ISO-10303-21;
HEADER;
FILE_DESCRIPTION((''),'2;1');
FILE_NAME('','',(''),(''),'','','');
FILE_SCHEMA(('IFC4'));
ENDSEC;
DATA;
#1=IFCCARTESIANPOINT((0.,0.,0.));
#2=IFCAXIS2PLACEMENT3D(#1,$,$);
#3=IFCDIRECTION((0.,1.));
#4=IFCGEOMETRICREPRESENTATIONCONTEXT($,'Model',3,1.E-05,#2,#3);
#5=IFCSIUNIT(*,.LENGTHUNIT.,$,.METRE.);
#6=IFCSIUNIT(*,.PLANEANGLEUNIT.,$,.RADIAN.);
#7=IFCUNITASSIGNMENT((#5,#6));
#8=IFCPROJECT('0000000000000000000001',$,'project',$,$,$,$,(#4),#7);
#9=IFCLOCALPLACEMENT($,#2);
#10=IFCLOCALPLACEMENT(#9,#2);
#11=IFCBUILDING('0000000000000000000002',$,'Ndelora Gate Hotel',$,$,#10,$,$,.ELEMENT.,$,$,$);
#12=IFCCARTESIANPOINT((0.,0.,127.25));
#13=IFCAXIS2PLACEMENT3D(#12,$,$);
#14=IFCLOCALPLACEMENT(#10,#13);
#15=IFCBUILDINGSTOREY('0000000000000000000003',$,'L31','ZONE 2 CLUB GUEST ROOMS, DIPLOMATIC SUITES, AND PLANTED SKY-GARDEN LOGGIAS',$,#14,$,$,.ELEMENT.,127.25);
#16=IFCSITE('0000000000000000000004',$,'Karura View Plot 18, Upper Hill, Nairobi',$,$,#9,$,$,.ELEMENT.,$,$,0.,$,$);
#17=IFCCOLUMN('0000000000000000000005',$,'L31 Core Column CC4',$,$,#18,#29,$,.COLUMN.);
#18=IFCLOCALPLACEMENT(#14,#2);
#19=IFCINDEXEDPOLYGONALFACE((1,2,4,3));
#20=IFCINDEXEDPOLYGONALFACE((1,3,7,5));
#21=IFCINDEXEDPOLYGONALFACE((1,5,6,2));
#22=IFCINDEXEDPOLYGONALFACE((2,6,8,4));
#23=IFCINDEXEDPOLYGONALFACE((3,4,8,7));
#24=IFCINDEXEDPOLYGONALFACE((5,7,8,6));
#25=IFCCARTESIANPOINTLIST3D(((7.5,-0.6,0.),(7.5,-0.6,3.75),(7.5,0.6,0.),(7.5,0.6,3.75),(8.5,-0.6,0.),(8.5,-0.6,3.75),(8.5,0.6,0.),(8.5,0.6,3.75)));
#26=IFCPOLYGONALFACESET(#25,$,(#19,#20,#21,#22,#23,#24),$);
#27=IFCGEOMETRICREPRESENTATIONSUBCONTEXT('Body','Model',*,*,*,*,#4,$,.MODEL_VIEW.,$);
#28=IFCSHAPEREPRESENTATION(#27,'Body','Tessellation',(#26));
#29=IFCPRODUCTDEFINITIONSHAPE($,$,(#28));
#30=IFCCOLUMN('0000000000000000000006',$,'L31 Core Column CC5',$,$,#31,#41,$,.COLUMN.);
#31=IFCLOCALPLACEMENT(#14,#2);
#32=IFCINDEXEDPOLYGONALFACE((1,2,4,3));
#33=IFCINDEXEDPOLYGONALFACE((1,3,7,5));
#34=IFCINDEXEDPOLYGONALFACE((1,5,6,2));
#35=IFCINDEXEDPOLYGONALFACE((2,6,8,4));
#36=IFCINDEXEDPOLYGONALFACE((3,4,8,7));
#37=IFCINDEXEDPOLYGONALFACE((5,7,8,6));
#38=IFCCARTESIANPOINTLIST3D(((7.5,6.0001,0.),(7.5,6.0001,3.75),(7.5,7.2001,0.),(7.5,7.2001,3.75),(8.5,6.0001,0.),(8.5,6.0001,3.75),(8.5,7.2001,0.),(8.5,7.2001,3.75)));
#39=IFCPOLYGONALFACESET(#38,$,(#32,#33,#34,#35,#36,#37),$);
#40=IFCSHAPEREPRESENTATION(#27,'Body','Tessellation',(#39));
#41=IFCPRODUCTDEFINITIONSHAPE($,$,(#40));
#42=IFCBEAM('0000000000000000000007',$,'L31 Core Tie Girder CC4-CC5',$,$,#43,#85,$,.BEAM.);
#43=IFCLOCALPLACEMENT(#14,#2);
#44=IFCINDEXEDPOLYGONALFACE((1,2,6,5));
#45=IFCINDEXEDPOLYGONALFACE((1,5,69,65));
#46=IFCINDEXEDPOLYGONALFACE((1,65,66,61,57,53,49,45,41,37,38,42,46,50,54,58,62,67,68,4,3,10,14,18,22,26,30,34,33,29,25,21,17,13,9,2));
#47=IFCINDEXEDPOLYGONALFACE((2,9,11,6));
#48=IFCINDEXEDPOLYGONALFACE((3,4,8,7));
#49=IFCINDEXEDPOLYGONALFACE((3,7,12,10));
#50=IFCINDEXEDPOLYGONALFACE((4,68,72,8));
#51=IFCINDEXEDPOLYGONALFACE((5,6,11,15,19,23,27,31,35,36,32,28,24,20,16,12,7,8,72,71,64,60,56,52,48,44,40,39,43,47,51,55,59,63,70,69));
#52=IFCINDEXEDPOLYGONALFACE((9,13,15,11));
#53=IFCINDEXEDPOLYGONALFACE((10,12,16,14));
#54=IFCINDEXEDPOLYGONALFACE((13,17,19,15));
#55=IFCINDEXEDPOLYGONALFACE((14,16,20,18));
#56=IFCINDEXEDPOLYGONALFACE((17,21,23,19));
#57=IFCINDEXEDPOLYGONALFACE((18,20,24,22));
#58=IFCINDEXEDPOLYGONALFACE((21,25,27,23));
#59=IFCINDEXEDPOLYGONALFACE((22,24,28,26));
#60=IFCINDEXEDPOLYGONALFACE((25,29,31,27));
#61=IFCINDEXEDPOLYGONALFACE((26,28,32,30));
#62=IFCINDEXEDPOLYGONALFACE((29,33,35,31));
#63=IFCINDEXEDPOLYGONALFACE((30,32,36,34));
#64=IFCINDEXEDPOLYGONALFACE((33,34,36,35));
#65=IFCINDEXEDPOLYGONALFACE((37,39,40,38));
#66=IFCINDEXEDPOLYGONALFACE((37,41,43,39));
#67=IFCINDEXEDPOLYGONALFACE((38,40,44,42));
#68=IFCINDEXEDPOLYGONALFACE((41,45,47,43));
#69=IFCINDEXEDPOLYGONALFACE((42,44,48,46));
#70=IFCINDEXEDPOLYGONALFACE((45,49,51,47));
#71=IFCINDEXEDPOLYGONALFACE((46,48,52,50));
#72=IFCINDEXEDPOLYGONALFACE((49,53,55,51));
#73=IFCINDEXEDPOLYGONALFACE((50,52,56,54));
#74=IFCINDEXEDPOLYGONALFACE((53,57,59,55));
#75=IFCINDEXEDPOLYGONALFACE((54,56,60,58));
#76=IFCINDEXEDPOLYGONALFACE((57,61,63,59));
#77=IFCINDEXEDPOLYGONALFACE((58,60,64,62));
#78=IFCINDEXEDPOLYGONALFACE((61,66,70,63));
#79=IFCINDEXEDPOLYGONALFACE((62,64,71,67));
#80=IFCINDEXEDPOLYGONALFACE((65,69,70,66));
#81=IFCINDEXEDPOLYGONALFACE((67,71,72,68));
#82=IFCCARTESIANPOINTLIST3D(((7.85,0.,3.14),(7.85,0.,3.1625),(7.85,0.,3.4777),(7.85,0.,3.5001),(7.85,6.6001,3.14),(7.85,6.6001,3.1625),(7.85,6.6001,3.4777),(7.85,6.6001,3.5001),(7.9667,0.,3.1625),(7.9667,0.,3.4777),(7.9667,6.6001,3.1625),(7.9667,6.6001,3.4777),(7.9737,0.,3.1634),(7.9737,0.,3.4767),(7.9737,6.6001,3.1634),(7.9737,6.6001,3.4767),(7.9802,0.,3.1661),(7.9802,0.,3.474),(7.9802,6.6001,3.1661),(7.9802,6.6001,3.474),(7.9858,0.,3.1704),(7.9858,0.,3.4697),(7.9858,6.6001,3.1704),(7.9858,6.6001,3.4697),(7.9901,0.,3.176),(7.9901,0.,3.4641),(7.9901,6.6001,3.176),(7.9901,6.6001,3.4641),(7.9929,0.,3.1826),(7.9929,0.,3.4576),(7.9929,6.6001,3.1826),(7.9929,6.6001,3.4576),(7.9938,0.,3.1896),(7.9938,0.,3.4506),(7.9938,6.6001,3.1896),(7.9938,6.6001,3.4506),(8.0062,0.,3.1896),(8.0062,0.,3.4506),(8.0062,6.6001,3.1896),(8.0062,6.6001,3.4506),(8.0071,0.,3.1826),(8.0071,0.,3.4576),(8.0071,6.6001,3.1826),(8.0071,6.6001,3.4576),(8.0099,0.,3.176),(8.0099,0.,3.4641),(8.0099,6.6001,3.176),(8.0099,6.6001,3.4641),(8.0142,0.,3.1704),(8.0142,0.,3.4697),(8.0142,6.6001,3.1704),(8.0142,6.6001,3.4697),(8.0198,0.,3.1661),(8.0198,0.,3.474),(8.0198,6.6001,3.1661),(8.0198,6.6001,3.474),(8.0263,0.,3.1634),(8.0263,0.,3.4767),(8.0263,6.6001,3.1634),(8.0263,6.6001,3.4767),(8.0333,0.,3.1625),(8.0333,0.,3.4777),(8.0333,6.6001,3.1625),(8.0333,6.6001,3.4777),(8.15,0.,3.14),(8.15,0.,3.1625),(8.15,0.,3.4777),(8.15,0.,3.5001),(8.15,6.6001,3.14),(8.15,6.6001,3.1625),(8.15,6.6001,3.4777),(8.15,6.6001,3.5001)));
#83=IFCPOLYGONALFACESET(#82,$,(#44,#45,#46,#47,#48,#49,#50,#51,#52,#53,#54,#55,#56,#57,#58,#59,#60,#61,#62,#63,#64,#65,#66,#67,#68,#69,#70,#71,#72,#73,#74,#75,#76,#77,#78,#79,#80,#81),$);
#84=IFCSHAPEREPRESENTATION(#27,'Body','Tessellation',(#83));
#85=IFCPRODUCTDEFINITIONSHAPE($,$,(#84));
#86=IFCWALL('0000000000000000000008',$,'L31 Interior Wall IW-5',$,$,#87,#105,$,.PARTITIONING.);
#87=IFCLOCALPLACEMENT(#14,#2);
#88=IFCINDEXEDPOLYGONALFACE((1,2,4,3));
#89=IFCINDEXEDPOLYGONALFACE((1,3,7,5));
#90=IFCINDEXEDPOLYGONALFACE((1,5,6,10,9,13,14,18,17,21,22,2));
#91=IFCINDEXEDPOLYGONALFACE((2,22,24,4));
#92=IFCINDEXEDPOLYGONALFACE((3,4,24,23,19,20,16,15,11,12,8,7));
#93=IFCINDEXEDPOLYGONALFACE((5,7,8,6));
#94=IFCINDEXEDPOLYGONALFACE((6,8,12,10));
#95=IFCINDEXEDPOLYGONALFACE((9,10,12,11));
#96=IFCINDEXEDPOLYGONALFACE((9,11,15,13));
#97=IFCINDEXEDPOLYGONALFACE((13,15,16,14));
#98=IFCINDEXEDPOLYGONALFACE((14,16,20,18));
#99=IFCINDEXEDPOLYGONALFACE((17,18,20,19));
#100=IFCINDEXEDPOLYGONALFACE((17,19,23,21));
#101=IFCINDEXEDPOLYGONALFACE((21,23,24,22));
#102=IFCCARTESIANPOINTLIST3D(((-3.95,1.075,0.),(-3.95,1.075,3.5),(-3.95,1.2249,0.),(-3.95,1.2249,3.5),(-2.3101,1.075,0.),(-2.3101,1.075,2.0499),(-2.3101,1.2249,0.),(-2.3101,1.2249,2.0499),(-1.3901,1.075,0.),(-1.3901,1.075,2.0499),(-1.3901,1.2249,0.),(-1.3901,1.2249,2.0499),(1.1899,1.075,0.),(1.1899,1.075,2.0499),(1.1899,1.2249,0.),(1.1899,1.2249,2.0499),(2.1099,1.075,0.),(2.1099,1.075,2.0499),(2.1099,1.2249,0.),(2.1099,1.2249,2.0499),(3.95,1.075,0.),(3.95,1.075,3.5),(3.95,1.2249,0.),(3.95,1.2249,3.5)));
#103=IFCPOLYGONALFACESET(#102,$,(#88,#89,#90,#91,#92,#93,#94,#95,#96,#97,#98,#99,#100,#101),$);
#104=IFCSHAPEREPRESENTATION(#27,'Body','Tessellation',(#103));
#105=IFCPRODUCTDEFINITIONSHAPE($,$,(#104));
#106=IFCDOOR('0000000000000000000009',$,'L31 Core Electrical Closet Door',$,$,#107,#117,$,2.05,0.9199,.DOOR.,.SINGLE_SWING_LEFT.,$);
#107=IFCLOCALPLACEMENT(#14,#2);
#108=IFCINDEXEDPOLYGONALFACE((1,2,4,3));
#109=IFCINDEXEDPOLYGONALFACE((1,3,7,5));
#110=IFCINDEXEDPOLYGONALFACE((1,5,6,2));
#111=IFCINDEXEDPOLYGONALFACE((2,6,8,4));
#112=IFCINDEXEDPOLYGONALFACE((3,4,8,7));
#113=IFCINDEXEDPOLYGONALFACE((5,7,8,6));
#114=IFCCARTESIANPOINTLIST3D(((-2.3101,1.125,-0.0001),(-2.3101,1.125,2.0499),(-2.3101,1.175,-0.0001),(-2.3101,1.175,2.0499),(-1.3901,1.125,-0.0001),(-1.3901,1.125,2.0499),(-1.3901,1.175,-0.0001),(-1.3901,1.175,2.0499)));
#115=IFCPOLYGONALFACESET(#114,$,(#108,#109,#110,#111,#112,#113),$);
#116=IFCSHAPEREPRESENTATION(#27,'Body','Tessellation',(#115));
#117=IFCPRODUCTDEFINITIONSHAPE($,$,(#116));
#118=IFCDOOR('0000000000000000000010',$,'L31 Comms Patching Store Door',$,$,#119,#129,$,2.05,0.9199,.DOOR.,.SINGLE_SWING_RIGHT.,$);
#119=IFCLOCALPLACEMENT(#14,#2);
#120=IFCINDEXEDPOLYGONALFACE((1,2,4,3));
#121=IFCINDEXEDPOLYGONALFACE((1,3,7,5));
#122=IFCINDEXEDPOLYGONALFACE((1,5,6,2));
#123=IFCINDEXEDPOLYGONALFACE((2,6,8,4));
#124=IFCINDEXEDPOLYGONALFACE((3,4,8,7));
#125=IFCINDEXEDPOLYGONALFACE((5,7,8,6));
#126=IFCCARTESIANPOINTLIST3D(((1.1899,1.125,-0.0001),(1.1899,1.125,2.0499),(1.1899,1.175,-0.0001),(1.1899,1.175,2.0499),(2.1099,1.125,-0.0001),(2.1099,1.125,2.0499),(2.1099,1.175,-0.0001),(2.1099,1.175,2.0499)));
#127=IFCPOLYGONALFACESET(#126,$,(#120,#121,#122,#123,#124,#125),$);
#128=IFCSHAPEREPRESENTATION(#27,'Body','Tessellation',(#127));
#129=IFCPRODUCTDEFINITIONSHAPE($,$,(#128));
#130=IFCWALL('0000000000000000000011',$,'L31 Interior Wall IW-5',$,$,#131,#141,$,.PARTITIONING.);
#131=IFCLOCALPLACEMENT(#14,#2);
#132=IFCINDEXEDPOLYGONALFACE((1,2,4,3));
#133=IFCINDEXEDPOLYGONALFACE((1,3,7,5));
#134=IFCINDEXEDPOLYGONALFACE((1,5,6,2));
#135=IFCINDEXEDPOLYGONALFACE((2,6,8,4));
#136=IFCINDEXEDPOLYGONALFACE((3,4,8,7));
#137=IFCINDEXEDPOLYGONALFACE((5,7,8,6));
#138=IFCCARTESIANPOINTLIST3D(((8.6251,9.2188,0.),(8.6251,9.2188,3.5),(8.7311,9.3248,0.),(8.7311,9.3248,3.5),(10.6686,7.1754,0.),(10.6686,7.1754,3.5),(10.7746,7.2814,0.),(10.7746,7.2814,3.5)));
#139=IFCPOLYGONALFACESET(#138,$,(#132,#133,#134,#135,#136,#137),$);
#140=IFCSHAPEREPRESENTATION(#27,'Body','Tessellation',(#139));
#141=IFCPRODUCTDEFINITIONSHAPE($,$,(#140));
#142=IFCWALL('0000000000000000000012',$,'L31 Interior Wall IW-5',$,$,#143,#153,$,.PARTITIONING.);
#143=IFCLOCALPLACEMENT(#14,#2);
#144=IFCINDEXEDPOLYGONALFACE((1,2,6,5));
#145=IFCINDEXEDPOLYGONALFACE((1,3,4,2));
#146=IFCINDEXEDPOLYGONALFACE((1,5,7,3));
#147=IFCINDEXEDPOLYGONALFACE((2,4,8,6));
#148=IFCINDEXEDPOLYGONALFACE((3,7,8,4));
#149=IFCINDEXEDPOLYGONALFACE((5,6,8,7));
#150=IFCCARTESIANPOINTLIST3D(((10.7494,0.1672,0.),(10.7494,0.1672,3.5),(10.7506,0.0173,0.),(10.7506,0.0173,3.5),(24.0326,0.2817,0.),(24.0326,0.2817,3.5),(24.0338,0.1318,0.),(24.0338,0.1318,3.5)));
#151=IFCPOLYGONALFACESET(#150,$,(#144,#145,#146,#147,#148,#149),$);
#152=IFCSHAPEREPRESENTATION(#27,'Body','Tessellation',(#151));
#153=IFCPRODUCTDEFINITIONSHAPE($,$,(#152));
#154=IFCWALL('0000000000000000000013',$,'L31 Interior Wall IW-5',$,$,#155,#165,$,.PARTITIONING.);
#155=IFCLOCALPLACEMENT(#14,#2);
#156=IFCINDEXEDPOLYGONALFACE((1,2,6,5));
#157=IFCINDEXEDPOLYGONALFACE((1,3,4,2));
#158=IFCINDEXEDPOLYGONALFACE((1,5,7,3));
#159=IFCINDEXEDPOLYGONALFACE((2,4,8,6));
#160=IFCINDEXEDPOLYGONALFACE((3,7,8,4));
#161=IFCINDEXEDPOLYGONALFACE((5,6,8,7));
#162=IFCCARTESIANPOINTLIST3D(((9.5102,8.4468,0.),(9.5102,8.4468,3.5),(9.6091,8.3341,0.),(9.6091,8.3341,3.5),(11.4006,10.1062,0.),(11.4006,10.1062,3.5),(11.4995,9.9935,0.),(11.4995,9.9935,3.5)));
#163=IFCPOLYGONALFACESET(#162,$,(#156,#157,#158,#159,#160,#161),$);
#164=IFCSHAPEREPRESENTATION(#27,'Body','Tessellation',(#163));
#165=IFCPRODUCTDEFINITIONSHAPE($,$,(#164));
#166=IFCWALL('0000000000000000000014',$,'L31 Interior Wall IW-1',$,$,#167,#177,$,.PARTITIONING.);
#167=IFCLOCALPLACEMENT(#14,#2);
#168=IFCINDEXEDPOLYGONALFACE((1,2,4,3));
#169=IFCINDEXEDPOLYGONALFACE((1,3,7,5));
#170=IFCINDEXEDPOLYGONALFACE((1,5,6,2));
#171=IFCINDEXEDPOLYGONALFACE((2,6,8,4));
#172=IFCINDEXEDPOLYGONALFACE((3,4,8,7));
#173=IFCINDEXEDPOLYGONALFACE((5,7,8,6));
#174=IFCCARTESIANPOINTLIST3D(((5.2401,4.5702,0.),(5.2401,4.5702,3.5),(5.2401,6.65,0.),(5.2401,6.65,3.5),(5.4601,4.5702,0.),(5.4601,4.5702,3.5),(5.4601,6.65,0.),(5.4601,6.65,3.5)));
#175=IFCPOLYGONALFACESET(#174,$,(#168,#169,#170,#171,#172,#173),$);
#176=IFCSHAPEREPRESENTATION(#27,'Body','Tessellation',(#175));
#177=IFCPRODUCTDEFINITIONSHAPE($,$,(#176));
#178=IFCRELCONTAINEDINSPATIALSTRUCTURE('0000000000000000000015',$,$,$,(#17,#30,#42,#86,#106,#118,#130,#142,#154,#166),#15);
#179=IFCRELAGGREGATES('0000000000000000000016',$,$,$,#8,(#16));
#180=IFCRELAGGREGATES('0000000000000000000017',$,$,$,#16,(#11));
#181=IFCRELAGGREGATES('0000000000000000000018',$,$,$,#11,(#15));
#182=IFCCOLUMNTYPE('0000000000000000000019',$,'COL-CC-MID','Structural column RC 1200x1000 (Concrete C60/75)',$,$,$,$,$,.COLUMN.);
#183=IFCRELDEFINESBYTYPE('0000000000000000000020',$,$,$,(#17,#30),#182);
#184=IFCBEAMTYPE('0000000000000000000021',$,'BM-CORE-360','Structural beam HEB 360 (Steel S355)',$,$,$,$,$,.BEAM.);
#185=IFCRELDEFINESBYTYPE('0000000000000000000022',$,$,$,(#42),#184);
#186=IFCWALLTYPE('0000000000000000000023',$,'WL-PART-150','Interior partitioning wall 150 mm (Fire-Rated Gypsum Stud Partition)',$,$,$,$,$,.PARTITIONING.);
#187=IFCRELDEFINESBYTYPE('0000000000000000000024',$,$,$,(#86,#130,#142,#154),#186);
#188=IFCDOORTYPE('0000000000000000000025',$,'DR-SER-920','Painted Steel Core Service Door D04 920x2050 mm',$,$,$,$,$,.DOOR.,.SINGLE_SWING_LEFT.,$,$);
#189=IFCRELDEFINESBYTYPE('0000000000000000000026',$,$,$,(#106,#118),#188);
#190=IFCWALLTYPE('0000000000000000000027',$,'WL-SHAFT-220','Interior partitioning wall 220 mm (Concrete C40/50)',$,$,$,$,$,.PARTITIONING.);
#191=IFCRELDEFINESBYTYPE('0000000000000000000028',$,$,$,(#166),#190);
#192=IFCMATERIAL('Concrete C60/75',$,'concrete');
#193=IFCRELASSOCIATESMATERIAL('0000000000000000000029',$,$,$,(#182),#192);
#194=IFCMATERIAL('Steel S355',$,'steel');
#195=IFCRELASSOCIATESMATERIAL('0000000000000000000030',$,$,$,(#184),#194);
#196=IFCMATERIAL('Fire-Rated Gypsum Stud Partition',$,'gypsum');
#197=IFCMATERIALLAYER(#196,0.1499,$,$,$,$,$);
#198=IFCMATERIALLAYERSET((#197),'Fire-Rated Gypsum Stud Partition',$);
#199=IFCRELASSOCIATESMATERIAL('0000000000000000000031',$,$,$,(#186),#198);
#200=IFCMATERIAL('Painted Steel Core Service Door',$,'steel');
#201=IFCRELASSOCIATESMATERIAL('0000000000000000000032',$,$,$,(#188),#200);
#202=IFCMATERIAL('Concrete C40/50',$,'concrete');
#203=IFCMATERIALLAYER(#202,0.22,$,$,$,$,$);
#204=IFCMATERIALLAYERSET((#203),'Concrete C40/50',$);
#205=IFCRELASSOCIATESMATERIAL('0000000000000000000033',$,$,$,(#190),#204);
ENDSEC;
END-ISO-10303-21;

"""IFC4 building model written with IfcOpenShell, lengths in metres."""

from ifc_helpers import new_model, si_unit, direction, frame, frame_2d, origin, origin_2d, place, context, subcontext, project, spatial, rectangle, i_section, extrude, material, layer, layer_set, material_profile, profile_set, type_object, element, fill, save


model = new_model("IFC4")

# Units and contexts
model_context = context("Model", 3, precision=1e-05, world=origin(), true_north=direction((0.0, 1.0)))
body_context = subcontext(model_context, "Body", "Model", "MODEL_VIEW")
ifc_project = project(units=[si_unit("LENGTHUNIT", "METRE"), si_unit("PLANEANGLEUNIT", "RADIAN")], contexts=[model_context])

# Site, building, storey
site_placement = place(None, origin())
site = spatial("IfcSite", under=ifc_project, at=site_placement, Name="Karura View Plot 18, Upper Hill, Nairobi", CompositionType="ELEMENT", RefElevation=0.0)
building_placement = place(site_placement, origin())
building = spatial("IfcBuilding", under=site, at=building_placement, Name="Ndelora Gate Hotel", CompositionType="ELEMENT")
storey_placement = place(building_placement, frame((0.0, 0.0, 127.25)))
storey = spatial("IfcBuildingStorey", under=building, at=storey_placement, Name="L31", Description="ZONE 2 CLUB GUEST ROOMS, DIPLOMATIC SUITES, AND PLANTED SKY-GARDEN LOGGIAS", CompositionType="ELEMENT", Elevation=127.25)

# Columns
ifc_material_1 = material(Name="Concrete C60/75", Category="concrete")
ifc_material_profile_1 = material_profile(ifc_material_1, rectangle(XDim=1.0, YDim=1.2, at=origin_2d()), Name="RC 1200x1000")
ifc_profile_set_1 = profile_set([ifc_material_profile_1], Name="Concrete C60/75")
column_type = type_object("IfcColumnType", Name="COL-CC-MID", Description="Structural column RC 1200x1000 (Concrete C60/75)", PredefinedType="COLUMN", material=ifc_profile_set_1)
for number, where, z_axis, x_axis, name in (
    (1, (8.0, 0.0, 0.0), (0.0, 0.0, 1.0), (1.0, 0.0, 0.0), "L31 Core Column CC4"),
    (2, (8.0, 6.6001, 0.0), (0.0, 0.0, 1.0), (1.0, 0.0, 0.0), "L31 Core Column CC5"),
):
    element("IfcColumn", number, at=place(storey_placement, frame(where, z_axis=z_axis, x_axis=x_axis)), inside=storey, type_object=column_type, Name=name, PredefinedType="COLUMN", context=body_context, shape_type="SweptSolid", body=[
        extrude(rectangle(XDim=1.0, YDim=1.2, at=origin_2d()), origin(), (0.0, 0.0, 1.0), 3.75),
    ])

# Beam
ifc_material_2 = material(Name="Steel S355", Category="steel")
ifc_material_profile_2 = material_profile(ifc_material_2, i_section(OverallWidth=0.3, OverallDepth=0.3601, WebThickness=0.0125, FlangeThickness=0.0225, FilletRadius=0.0271, at=origin_2d()), Name="HEB 360")
ifc_profile_set_2 = profile_set([ifc_material_profile_2], Name="Steel S355")
beam_type = type_object("IfcBeamType", Name="BM-CORE-360", Description="Structural beam HEB 360 (Steel S355)", PredefinedType="BEAM", material=ifc_profile_set_2)
beam_placement = place(storey_placement, frame((8.0, 0.0, 3.3201), z_axis=(0.0, 1.0, 0.0), x_axis=(-1.0, 0.0, 0.0)))
element("IfcBeam", 3, at=beam_placement, inside=storey, type_object=beam_type, Name="L31 Core Tie Girder CC4-CC5", PredefinedType="BEAM", context=body_context, shape_type="SweptSolid", body=[
    extrude(i_section(OverallWidth=0.3, OverallDepth=0.3601, WebThickness=0.0125, FlangeThickness=0.0225, FilletRadius=0.0271, at=origin_2d()), origin(), (0.0, 0.0, 1.0), 6.6001),
])

# Shared definitions
ifc_material_3 = material(Name="Concrete C40/50", Category="concrete")

# Wall, openings, doors
ifc_material_4 = material(Name="Fire-Rated Gypsum Stud Partition", Category="gypsum")
ifc_layer_1 = layer(ifc_material_4, 0.1499)
ifc_layer_set_1 = layer_set([ifc_layer_1], Name="Fire-Rated Gypsum Stud Partition")
wall_type_1 = type_object("IfcWallType", Name="WL-PART-150", Description="Interior partitioning wall 150 mm (Fire-Rated Gypsum Stud Partition)", PredefinedType="PARTITIONING", material=ifc_layer_set_1)
wall_1_placement = place(storey_placement, frame((3.95, 1.1499, 0.0), z_axis=(0.0, 0.0, 1.0), x_axis=(-1.0, 0.0, 0.0)))
wall_1 = element("IfcWall", 4, at=wall_1_placement, inside=storey, type_object=wall_type_1, Name="L31 Interior Wall IW-5", PredefinedType="PARTITIONING", context=body_context, shape_type="SweptSolid", body=[
    extrude(rectangle(XDim=7.8999, YDim=0.1499, at=frame_2d((3.95, 0.0))), origin(), (0.0, 0.0, 1.0), 3.5),
])
opening_1_placement = place(wall_1_placement, frame((5.3401, 0.0, 0.0)))
opening_1 = element("IfcOpeningElement", 5, at=opening_1_placement, cuts=wall_1, PredefinedType="OPENING", context=body_context, shape_type="SweptSolid", body=[
    extrude(rectangle(XDim=0.9199, YDim=2.05, at=frame_2d((0.46, 1.0249))), frame((0.0, 0.085, 0.0), z_axis=(0.0, -1.0, 0.0), x_axis=(1.0, 0.0, 0.0)), (0.0, 0.0, 1.0), 0.1699),
])
opening_2_placement = place(wall_1_placement, frame((1.8401, 0.0, 0.0)))
opening_2 = element("IfcOpeningElement", 6, at=opening_2_placement, cuts=wall_1, PredefinedType="OPENING", context=body_context, shape_type="SweptSolid", body=[
    extrude(rectangle(XDim=0.9199, YDim=2.05, at=frame_2d((0.46, 1.0249))), frame((0.0, 0.085, 0.0), z_axis=(0.0, -1.0, 0.0), x_axis=(1.0, 0.0, 0.0)), (0.0, 0.0, 1.0), 0.1699),
])
ifc_material_5 = material(Name="Painted Steel Core Service Door", Category="steel")
door_type_1 = type_object("IfcDoorType", Name="DR-SER-920", Description="Painted Steel Core Service Door D04 920x2050 mm", OperationType="SINGLE_SWING_LEFT", PredefinedType="DOOR", material=ifc_material_5)
door_1_placement = place(opening_1_placement, origin())
door_1 = element("IfcDoor", 7, at=door_1_placement, inside=storey, type_object=door_type_1, Name="L31 Core Electrical Closet Door", OperationType="SINGLE_SWING_LEFT", OverallHeight=2.05, OverallWidth=0.9199, PredefinedType="DOOR", context=body_context, shape_type="SweptSolid", body=[
    extrude(rectangle(XDim=0.9199, YDim=2.05, at=frame_2d((0.46, 1.0249))), frame((0.0, 0.0249, 0.0), z_axis=(0.0, -1.0, 0.0), x_axis=(1.0, 0.0, 0.0)), (0.0, 0.0, 1.0), 0.05),
])
fill(opening_1, door_1)
door_2_placement = place(opening_2_placement, origin())
door_2 = element("IfcDoor", 8, at=door_2_placement, inside=storey, type_object=door_type_1, Name="L31 Comms Patching Store Door", OperationType="SINGLE_SWING_RIGHT", OverallHeight=2.05, OverallWidth=0.9199, PredefinedType="DOOR", context=body_context, shape_type="SweptSolid", body=[
    extrude(rectangle(XDim=0.9199, YDim=2.05, at=frame_2d((0.46, 1.0249))), frame((0.0, 0.0249, 0.0), z_axis=(0.0, -1.0, 0.0), x_axis=(1.0, 0.0, 0.0)), (0.0, 0.0, 1.0), 0.05),
])
fill(opening_2, door_2)

# Walls
wall_2_placement = place(storey_placement, frame((8.6782, 9.2717, 0.0), z_axis=(0.0, 0.0, 1.0), x_axis=(0.707107, -0.707107, 0.0)))
element("IfcWall", 9, at=wall_2_placement, inside=storey, type_object=wall_type_1, Name="L31 Interior Wall IW-5", PredefinedType="PARTITIONING", context=body_context, shape_type="SweptSolid", body=[
    extrude(rectangle(XDim=2.8899, YDim=0.1499, at=frame_2d((1.4448, 0.0))), origin(), (0.0, 0.0, 1.0), 3.5),
])
wall_3_placement = place(storey_placement, frame((10.75, 0.0923, 0.0), z_axis=(0.0, 0.0, 1.0), x_axis=(0.999963, 0.00862, 0.0)))
element("IfcWall", 10, at=wall_3_placement, inside=storey, type_object=wall_type_1, Name="L31 Interior Wall IW-5", PredefinedType="PARTITIONING", context=body_context, shape_type="SweptSolid", body=[
    extrude(rectangle(XDim=13.2837, YDim=0.1499, at=frame_2d((6.6418, 0.0))), origin(), (0.0, 0.0, 1.0), 3.5),
])
wall_4_placement = place(storey_placement, frame((9.5596, 8.3904, 0.0), z_axis=(0.0, 0.0, 1.0), x_axis=(0.751524, 0.659706, 0.0)))
element("IfcWall", 11, at=wall_4_placement, inside=storey, type_object=wall_type_1, Name="L31 Interior Wall IW-5", PredefinedType="PARTITIONING", context=body_context, shape_type="SweptSolid", body=[
    extrude(rectangle(XDim=2.5154, YDim=0.1499, at=frame_2d((1.2578, 0.0))), origin(), (0.0, 0.0, 1.0), 3.5),
])

# Shared definitions
ifc_layer_2 = layer(ifc_material_3, 0.22)
ifc_layer_set_2 = layer_set([ifc_layer_2], Name="Concrete C40/50")
wall_type_2 = type_object("IfcWallType", Name="WL-SHAFT-220", Description="Interior partitioning wall 220 mm (Concrete C40/50)", PredefinedType="PARTITIONING", material=ifc_layer_set_2)

# Wall
wall_5_placement = place(storey_placement, frame((5.3501, 4.5701, 0.0), z_axis=(0.0, 0.0, 1.0), x_axis=(0.0, 1.0, 0.0)))
element("IfcWall", 12, at=wall_5_placement, inside=storey, type_object=wall_type_2, Name="L31 Interior Wall IW-1", PredefinedType="PARTITIONING", context=body_context, shape_type="SweptSolid", body=[
    extrude(rectangle(XDim=2.0798, YDim=0.22, at=frame_2d((1.04, 0.0))), origin(), (0.0, 0.0, 1.0), 3.5),
])

save(model, "model.ifc")
